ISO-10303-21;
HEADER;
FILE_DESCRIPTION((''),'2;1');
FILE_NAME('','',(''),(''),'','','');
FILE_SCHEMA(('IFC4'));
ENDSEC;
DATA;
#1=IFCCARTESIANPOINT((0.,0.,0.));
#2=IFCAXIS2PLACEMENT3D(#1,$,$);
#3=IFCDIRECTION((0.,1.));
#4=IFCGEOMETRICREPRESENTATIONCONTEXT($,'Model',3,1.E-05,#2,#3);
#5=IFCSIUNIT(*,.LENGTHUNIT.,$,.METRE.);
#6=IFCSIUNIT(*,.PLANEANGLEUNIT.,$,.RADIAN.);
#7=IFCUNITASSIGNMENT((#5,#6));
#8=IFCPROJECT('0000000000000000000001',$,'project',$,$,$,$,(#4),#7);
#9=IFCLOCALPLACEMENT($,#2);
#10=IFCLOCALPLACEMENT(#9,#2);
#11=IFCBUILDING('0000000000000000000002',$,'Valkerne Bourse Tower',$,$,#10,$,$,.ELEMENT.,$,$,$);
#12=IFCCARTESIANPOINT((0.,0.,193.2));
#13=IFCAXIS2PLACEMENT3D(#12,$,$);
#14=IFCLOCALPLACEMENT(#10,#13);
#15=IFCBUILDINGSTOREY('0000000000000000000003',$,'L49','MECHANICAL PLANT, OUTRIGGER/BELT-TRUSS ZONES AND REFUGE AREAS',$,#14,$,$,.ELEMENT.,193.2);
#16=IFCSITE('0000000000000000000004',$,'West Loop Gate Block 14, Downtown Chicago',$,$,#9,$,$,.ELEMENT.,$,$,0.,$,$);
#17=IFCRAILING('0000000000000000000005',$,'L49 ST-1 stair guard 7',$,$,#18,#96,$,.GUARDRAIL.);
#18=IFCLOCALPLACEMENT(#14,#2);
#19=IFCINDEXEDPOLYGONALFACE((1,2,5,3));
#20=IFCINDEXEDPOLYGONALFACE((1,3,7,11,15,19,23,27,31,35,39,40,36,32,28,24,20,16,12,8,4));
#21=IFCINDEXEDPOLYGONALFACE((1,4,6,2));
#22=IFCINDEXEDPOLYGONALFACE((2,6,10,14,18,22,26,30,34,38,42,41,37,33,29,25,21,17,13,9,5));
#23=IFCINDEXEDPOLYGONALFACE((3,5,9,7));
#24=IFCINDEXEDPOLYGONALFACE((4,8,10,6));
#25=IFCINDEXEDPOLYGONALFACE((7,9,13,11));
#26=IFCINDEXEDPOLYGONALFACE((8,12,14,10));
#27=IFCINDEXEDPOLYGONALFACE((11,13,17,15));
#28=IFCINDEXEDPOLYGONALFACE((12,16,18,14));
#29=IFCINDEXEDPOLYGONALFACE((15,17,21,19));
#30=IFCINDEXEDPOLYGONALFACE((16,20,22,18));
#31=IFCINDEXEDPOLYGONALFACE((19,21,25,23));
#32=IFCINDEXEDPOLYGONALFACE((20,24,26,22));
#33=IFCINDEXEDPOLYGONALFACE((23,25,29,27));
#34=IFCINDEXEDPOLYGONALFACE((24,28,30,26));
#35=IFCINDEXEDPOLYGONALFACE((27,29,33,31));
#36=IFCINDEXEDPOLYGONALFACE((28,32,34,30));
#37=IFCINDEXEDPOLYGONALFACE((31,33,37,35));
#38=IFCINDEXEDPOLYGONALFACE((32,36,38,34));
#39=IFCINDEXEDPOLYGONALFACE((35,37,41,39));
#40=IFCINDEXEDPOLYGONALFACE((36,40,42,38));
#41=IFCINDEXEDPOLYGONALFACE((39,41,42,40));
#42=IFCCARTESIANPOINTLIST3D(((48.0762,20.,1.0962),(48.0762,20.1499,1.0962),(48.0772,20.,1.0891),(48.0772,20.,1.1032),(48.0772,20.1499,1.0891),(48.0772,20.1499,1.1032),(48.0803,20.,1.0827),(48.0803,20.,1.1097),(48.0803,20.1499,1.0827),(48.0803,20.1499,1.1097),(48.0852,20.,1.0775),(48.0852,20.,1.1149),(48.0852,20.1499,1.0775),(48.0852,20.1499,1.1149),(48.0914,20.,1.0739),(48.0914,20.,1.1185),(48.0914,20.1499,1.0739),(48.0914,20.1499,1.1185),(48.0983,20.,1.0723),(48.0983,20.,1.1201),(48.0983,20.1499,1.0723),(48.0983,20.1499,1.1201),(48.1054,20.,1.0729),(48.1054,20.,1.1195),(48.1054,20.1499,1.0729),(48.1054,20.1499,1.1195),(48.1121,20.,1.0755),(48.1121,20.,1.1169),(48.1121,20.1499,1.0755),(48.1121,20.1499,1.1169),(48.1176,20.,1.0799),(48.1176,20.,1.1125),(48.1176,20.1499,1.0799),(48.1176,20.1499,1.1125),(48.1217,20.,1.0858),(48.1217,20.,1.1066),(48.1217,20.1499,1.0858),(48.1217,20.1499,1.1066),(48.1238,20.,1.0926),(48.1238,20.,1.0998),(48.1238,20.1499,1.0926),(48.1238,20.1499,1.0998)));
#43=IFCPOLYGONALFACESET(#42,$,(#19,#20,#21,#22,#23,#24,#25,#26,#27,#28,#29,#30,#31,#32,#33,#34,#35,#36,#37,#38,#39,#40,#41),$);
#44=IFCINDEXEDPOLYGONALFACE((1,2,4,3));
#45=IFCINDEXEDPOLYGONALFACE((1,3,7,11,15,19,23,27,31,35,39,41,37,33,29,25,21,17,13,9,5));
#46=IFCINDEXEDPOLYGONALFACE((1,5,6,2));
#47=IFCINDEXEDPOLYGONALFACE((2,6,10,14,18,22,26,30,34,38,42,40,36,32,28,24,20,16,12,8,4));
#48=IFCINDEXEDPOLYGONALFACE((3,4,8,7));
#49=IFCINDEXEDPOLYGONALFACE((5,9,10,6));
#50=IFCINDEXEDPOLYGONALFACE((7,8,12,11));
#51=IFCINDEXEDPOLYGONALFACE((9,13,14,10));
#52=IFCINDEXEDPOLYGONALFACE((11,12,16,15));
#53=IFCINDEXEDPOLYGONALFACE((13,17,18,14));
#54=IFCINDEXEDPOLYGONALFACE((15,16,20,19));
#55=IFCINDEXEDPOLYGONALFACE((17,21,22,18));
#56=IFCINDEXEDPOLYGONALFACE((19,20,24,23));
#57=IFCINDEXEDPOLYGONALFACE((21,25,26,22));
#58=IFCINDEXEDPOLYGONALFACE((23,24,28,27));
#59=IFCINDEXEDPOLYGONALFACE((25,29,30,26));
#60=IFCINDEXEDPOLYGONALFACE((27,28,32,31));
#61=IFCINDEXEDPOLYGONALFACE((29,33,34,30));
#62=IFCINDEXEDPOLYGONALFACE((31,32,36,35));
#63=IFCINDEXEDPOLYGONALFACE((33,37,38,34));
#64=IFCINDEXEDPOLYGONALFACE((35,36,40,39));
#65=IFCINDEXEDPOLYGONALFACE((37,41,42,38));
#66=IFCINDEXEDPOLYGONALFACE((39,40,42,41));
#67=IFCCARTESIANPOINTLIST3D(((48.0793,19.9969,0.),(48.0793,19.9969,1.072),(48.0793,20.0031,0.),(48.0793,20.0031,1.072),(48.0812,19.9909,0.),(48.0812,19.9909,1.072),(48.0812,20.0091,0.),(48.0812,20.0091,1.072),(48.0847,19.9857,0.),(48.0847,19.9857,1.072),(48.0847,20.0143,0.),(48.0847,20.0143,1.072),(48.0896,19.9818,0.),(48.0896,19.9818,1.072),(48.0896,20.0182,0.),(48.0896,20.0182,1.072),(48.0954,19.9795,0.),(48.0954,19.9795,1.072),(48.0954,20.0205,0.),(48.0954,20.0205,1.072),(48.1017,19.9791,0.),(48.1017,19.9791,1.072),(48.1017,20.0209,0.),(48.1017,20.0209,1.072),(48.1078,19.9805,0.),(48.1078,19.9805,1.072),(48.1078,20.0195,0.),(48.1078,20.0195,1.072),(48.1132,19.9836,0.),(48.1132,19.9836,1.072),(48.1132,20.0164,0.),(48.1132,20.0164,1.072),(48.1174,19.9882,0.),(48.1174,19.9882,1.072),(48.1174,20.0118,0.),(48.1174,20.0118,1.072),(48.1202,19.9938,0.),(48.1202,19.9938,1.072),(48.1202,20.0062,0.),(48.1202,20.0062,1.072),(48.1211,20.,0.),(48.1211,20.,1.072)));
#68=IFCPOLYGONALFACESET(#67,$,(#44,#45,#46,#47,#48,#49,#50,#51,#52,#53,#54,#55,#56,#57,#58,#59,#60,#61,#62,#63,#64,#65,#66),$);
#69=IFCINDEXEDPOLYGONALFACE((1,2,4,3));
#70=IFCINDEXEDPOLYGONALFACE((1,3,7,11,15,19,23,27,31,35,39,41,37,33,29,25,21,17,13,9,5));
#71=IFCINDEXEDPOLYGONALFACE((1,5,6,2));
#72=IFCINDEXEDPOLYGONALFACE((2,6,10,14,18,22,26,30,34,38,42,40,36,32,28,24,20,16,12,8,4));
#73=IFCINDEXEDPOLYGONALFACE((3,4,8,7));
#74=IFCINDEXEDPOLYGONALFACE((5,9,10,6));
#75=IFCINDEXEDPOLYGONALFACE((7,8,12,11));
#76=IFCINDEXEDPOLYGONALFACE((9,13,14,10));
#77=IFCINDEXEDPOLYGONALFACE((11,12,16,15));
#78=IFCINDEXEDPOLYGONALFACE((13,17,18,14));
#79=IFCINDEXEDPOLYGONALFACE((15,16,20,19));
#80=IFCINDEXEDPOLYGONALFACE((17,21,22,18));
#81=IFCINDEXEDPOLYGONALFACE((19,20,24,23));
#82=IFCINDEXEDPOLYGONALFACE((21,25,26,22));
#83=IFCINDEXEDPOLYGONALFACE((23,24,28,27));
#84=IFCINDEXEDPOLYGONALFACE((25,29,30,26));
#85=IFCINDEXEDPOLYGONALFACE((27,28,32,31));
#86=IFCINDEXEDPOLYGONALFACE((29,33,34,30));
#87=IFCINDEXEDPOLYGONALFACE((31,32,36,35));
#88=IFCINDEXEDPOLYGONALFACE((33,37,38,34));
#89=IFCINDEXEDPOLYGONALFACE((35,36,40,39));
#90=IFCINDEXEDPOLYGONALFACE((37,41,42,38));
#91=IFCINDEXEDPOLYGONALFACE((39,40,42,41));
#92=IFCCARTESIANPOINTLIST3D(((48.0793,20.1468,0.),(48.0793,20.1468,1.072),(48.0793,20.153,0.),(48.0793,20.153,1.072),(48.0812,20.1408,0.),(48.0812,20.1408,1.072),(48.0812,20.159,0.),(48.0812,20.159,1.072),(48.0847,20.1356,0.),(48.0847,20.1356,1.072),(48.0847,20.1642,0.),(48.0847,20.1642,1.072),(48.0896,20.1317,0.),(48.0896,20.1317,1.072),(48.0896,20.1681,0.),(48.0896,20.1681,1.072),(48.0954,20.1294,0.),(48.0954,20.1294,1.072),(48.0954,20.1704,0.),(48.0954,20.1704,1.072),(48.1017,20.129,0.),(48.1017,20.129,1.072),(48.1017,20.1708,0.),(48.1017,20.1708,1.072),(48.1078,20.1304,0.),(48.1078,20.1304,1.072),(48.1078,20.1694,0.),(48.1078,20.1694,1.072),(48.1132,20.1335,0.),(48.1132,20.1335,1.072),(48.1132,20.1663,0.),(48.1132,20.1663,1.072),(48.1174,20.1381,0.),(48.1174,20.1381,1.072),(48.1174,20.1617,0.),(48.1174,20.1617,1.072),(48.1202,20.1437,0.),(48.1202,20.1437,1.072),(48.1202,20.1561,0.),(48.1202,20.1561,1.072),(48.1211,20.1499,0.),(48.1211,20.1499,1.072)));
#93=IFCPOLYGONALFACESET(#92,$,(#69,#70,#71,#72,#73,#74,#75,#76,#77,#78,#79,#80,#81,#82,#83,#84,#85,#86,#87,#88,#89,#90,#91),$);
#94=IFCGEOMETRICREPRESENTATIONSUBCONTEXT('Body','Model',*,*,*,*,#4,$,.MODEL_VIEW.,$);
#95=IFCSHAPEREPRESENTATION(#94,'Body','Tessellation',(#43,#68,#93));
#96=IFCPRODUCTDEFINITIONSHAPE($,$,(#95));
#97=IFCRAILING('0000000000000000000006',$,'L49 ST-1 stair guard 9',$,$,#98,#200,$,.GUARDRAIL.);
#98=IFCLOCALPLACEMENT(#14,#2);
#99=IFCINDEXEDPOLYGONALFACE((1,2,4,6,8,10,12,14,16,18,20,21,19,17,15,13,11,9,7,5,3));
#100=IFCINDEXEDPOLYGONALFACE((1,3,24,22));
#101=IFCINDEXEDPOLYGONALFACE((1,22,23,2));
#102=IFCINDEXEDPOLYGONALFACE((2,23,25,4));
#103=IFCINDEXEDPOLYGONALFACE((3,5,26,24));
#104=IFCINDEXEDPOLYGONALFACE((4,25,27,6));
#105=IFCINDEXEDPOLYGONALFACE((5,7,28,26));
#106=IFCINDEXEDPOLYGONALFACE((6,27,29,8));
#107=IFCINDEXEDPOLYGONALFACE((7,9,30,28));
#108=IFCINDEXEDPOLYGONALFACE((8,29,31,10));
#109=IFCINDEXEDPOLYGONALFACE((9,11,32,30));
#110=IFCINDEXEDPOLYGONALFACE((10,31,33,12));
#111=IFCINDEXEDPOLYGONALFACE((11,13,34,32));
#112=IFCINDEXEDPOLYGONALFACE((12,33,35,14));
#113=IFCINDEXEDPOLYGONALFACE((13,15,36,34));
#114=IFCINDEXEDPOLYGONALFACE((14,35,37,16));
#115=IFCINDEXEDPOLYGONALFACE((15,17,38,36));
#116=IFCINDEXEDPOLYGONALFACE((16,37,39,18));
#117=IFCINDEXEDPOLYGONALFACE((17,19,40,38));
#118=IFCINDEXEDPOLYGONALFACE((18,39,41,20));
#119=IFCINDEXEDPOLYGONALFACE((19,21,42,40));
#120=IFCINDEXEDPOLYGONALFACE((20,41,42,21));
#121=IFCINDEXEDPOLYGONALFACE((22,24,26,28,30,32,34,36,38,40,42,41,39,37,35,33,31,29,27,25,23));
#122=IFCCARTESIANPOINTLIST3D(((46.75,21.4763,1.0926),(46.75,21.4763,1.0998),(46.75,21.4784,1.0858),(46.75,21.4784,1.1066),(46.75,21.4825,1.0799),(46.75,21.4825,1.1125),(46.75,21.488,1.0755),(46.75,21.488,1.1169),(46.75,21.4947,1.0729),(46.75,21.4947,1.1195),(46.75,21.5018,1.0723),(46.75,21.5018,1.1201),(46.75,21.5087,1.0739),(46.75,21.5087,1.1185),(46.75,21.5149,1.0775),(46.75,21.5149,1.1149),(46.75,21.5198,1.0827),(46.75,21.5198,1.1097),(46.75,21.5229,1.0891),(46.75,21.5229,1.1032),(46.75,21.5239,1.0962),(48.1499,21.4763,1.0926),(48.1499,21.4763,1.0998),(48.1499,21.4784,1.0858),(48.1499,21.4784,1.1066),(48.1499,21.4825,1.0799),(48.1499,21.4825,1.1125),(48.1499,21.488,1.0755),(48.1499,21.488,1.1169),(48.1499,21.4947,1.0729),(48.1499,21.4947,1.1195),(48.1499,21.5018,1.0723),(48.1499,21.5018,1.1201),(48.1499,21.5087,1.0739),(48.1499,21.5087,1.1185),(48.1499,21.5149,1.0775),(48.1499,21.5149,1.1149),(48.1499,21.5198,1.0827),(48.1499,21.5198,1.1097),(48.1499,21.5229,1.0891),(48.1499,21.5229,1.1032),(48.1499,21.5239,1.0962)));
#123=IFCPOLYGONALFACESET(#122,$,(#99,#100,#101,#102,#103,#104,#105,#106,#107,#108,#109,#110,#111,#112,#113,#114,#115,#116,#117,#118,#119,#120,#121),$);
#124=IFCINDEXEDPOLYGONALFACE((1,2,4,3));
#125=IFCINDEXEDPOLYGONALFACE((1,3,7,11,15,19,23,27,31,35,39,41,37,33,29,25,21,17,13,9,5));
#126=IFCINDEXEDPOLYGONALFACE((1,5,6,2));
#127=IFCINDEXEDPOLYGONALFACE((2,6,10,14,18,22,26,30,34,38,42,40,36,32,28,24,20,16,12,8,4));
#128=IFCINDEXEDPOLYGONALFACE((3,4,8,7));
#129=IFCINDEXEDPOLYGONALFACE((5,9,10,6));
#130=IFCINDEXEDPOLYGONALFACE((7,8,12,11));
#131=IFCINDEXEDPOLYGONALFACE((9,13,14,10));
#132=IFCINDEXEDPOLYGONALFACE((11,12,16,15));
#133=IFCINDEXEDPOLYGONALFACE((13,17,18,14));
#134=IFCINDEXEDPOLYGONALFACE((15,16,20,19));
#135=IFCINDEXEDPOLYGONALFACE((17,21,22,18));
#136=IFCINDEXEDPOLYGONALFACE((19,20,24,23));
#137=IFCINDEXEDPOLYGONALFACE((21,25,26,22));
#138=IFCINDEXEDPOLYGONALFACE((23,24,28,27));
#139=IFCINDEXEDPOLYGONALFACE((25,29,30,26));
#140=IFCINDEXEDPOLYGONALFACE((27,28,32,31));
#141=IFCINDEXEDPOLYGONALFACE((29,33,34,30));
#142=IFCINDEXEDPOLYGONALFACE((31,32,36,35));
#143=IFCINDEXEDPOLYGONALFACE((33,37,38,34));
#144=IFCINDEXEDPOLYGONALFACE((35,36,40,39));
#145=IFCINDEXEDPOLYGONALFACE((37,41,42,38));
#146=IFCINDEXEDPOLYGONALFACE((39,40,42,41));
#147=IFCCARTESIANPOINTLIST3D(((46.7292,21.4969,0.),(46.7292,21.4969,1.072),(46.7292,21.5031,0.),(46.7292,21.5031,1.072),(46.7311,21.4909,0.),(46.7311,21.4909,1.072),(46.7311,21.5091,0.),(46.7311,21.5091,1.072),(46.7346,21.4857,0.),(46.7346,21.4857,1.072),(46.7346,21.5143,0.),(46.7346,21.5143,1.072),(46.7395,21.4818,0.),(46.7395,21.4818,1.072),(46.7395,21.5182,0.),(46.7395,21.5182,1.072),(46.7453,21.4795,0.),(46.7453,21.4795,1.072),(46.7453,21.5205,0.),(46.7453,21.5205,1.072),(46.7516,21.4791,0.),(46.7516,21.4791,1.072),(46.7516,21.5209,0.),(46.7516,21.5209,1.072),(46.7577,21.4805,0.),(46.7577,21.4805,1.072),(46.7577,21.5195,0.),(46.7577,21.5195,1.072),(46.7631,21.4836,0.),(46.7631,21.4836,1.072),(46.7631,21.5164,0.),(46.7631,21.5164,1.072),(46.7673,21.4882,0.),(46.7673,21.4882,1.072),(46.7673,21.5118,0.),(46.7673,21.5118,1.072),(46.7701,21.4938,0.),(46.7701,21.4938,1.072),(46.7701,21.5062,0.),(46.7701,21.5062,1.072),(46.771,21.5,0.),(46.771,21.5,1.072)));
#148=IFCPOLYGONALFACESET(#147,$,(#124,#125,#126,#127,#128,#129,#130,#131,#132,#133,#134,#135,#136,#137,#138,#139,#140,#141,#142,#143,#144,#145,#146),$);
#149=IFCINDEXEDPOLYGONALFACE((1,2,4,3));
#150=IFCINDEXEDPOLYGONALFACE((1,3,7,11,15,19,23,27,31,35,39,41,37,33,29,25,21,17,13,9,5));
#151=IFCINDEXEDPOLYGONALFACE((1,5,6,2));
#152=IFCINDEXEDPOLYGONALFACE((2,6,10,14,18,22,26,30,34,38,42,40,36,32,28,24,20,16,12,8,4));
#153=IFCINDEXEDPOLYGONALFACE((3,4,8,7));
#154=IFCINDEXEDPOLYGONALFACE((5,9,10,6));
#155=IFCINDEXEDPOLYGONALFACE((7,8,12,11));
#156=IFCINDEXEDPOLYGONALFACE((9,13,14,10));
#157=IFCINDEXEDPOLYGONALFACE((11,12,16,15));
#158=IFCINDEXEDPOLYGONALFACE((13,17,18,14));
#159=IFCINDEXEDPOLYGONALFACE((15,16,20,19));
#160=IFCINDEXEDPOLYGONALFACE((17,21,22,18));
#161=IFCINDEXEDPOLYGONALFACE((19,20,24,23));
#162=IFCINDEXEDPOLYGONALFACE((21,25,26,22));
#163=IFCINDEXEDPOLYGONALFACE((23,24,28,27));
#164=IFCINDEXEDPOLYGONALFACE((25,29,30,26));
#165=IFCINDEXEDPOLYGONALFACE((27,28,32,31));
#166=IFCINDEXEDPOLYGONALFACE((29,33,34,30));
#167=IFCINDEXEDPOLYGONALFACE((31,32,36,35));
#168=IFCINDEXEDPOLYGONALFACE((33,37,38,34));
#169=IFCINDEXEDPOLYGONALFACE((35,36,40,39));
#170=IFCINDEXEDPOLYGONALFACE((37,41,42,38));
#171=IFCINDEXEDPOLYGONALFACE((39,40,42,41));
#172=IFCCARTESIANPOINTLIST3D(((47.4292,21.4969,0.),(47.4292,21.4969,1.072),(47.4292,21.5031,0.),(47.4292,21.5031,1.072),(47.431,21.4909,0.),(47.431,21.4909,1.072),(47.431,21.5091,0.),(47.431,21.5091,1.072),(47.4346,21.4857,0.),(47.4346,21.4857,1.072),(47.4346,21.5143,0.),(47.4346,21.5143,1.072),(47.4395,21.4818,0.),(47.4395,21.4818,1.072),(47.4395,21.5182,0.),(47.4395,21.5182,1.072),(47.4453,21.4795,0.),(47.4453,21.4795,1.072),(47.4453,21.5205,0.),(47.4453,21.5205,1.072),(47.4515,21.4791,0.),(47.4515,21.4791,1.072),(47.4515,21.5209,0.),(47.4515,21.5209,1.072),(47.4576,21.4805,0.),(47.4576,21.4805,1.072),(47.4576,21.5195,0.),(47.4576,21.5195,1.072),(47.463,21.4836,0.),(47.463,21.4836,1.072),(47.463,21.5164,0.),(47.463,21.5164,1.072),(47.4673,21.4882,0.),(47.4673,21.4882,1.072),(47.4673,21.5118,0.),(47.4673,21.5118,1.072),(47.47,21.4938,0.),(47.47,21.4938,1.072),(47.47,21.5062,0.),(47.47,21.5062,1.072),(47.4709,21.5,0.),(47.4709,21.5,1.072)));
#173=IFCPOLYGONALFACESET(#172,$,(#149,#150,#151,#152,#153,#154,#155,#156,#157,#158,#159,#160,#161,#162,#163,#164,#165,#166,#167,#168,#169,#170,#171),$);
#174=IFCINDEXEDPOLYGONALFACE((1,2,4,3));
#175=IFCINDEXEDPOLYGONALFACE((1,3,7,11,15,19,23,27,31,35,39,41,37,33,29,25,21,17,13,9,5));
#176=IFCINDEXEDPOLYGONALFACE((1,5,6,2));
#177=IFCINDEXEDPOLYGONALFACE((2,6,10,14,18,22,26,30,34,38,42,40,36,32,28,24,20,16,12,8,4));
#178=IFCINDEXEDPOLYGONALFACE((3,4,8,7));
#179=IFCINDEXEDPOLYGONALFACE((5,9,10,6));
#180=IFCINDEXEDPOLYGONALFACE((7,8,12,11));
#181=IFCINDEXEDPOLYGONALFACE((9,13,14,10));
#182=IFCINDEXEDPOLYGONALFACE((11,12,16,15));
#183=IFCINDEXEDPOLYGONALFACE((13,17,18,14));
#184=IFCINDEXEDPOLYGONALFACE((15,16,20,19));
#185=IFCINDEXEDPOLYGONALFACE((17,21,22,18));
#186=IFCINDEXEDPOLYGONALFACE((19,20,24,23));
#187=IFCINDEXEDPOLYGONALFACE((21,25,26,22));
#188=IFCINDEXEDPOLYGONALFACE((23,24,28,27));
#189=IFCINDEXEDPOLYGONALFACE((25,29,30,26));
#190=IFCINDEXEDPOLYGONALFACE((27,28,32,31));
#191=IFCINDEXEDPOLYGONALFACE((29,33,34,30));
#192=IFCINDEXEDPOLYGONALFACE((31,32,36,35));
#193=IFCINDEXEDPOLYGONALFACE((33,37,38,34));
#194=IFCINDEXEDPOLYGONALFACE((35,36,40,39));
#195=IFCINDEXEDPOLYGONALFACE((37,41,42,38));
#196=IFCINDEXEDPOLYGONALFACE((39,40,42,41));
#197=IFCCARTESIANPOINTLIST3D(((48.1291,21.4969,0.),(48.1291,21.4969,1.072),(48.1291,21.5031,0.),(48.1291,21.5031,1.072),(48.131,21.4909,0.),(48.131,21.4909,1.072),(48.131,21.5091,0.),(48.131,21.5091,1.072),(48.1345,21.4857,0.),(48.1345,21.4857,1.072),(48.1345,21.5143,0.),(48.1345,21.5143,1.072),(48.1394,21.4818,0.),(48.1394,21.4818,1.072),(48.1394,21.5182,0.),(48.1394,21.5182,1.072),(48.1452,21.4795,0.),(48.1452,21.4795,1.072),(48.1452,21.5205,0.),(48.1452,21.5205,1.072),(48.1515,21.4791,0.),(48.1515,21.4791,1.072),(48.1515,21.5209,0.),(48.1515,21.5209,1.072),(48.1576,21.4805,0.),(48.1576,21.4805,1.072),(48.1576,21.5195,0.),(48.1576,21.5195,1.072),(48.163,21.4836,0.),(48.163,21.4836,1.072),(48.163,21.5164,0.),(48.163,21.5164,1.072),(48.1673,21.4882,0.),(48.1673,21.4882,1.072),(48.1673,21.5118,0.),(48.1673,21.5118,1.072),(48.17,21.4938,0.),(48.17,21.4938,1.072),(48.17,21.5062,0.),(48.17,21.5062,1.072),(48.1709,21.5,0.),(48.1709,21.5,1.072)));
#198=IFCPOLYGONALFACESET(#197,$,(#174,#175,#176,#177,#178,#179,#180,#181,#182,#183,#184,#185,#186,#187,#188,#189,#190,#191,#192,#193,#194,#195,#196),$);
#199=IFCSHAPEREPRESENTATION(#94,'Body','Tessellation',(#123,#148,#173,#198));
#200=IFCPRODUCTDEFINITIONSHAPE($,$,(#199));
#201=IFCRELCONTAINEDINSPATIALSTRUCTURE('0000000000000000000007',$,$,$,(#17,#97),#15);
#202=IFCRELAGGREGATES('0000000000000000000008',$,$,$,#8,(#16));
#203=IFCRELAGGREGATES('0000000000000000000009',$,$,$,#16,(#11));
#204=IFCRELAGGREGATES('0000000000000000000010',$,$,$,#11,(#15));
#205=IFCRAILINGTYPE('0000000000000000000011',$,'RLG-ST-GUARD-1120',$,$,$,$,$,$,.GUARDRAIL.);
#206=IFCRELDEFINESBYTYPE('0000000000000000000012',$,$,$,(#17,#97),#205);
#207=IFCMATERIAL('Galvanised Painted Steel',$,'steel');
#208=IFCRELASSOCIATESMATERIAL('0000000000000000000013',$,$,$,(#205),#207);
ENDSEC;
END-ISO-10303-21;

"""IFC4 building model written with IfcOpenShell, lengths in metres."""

from ifc_helpers import new_model, si_unit, direction, frame, origin, origin_2d, place, context, subcontext, project, spatial, circle, extrude, material, type_object, element, save


model = new_model("IFC4")

# Units and contexts
model_context = context("Model", 3, precision=1e-05, world=origin(), true_north=direction((0.0, 1.0)))
body_context = subcontext(model_context, "Body", "Model", "MODEL_VIEW")
ifc_project = project(units=[si_unit("LENGTHUNIT", "METRE"), si_unit("PLANEANGLEUNIT", "RADIAN")], contexts=[model_context])

# Site, building, storey
site_placement = place(None, origin())
site = spatial("IfcSite", under=ifc_project, at=site_placement, Name="West Loop Gate Block 14, Downtown Chicago", CompositionType="ELEMENT", RefElevation=0.0)
building_placement = place(site_placement, origin())
building = spatial("IfcBuilding", under=site, at=building_placement, Name="Valkerne Bourse Tower", CompositionType="ELEMENT")
storey_placement = place(building_placement, frame((0.0, 0.0, 193.2)))
storey = spatial("IfcBuildingStorey", under=building, at=storey_placement, Name="L49", Description="MECHANICAL PLANT, OUTRIGGER/BELT-TRUSS ZONES AND REFUGE AREAS", CompositionType="ELEMENT", Elevation=193.2)

# Shared definitions
ifc_material_1 = material(Name="Galvanised Painted Steel", Category="steel")

# Railings
railing_type_1 = type_object("IfcRailingType", Name="RLG-ST-GUARD-1120", PredefinedType="GUARDRAIL", material=ifc_material_1)
railing_1_placement = place(storey_placement, frame((48.1001, 20.0, 0.0)))
element("IfcRailing", 1, at=railing_1_placement, inside=storey, type_object=railing_type_1, Name="L49 ST-1 stair guard 7", PredefinedType="GUARDRAIL", context=body_context, shape_type="SweptSolid", body=[
    extrude(circle(Radius=0.0239, at=origin_2d()), frame((0.0, 0.0, 1.0962), z_axis=(0.0, 1.0, 0.0), x_axis=(-1.0, 0.0, 0.0)), (0.0, 0.0, 1.0), 0.1499),
    extrude(circle(Radius=0.021, at=origin_2d()), origin(), (0.0, 0.0, 1.0), 1.072),
    extrude(circle(Radius=0.021, at=origin_2d()), frame((0.0, 0.1499, 0.0)), (0.0, 0.0, 1.0), 1.072),
])
railing_2_placement = place(storey_placement, frame((46.75, 21.5, 0.0)))
element("IfcRailing", 2, at=railing_2_placement, inside=storey, type_object=railing_type_1, Name="L49 ST-1 stair guard 9", PredefinedType="GUARDRAIL", context=body_context, shape_type="SweptSolid", body=[
    extrude(circle(Radius=0.0239, at=origin_2d()), frame((0.0, 0.0, 1.0962), z_axis=(1.0, 0.0, 0.0), x_axis=(0.0, 1.0, 0.0)), (0.0, 0.0, 1.0), 1.3999),
    extrude(circle(Radius=0.021, at=origin_2d()), origin(), (0.0, 0.0, 1.0), 1.072),
    extrude(circle(Radius=0.021, at=origin_2d()), frame((0.7, 0.0, 0.0)), (0.0, 0.0, 1.0), 1.072),
    extrude(circle(Radius=0.021, at=origin_2d()), frame((1.3999, 0.0, 0.0)), (0.0, 0.0, 1.0), 1.072),
])

save(model, "model.ifc")
